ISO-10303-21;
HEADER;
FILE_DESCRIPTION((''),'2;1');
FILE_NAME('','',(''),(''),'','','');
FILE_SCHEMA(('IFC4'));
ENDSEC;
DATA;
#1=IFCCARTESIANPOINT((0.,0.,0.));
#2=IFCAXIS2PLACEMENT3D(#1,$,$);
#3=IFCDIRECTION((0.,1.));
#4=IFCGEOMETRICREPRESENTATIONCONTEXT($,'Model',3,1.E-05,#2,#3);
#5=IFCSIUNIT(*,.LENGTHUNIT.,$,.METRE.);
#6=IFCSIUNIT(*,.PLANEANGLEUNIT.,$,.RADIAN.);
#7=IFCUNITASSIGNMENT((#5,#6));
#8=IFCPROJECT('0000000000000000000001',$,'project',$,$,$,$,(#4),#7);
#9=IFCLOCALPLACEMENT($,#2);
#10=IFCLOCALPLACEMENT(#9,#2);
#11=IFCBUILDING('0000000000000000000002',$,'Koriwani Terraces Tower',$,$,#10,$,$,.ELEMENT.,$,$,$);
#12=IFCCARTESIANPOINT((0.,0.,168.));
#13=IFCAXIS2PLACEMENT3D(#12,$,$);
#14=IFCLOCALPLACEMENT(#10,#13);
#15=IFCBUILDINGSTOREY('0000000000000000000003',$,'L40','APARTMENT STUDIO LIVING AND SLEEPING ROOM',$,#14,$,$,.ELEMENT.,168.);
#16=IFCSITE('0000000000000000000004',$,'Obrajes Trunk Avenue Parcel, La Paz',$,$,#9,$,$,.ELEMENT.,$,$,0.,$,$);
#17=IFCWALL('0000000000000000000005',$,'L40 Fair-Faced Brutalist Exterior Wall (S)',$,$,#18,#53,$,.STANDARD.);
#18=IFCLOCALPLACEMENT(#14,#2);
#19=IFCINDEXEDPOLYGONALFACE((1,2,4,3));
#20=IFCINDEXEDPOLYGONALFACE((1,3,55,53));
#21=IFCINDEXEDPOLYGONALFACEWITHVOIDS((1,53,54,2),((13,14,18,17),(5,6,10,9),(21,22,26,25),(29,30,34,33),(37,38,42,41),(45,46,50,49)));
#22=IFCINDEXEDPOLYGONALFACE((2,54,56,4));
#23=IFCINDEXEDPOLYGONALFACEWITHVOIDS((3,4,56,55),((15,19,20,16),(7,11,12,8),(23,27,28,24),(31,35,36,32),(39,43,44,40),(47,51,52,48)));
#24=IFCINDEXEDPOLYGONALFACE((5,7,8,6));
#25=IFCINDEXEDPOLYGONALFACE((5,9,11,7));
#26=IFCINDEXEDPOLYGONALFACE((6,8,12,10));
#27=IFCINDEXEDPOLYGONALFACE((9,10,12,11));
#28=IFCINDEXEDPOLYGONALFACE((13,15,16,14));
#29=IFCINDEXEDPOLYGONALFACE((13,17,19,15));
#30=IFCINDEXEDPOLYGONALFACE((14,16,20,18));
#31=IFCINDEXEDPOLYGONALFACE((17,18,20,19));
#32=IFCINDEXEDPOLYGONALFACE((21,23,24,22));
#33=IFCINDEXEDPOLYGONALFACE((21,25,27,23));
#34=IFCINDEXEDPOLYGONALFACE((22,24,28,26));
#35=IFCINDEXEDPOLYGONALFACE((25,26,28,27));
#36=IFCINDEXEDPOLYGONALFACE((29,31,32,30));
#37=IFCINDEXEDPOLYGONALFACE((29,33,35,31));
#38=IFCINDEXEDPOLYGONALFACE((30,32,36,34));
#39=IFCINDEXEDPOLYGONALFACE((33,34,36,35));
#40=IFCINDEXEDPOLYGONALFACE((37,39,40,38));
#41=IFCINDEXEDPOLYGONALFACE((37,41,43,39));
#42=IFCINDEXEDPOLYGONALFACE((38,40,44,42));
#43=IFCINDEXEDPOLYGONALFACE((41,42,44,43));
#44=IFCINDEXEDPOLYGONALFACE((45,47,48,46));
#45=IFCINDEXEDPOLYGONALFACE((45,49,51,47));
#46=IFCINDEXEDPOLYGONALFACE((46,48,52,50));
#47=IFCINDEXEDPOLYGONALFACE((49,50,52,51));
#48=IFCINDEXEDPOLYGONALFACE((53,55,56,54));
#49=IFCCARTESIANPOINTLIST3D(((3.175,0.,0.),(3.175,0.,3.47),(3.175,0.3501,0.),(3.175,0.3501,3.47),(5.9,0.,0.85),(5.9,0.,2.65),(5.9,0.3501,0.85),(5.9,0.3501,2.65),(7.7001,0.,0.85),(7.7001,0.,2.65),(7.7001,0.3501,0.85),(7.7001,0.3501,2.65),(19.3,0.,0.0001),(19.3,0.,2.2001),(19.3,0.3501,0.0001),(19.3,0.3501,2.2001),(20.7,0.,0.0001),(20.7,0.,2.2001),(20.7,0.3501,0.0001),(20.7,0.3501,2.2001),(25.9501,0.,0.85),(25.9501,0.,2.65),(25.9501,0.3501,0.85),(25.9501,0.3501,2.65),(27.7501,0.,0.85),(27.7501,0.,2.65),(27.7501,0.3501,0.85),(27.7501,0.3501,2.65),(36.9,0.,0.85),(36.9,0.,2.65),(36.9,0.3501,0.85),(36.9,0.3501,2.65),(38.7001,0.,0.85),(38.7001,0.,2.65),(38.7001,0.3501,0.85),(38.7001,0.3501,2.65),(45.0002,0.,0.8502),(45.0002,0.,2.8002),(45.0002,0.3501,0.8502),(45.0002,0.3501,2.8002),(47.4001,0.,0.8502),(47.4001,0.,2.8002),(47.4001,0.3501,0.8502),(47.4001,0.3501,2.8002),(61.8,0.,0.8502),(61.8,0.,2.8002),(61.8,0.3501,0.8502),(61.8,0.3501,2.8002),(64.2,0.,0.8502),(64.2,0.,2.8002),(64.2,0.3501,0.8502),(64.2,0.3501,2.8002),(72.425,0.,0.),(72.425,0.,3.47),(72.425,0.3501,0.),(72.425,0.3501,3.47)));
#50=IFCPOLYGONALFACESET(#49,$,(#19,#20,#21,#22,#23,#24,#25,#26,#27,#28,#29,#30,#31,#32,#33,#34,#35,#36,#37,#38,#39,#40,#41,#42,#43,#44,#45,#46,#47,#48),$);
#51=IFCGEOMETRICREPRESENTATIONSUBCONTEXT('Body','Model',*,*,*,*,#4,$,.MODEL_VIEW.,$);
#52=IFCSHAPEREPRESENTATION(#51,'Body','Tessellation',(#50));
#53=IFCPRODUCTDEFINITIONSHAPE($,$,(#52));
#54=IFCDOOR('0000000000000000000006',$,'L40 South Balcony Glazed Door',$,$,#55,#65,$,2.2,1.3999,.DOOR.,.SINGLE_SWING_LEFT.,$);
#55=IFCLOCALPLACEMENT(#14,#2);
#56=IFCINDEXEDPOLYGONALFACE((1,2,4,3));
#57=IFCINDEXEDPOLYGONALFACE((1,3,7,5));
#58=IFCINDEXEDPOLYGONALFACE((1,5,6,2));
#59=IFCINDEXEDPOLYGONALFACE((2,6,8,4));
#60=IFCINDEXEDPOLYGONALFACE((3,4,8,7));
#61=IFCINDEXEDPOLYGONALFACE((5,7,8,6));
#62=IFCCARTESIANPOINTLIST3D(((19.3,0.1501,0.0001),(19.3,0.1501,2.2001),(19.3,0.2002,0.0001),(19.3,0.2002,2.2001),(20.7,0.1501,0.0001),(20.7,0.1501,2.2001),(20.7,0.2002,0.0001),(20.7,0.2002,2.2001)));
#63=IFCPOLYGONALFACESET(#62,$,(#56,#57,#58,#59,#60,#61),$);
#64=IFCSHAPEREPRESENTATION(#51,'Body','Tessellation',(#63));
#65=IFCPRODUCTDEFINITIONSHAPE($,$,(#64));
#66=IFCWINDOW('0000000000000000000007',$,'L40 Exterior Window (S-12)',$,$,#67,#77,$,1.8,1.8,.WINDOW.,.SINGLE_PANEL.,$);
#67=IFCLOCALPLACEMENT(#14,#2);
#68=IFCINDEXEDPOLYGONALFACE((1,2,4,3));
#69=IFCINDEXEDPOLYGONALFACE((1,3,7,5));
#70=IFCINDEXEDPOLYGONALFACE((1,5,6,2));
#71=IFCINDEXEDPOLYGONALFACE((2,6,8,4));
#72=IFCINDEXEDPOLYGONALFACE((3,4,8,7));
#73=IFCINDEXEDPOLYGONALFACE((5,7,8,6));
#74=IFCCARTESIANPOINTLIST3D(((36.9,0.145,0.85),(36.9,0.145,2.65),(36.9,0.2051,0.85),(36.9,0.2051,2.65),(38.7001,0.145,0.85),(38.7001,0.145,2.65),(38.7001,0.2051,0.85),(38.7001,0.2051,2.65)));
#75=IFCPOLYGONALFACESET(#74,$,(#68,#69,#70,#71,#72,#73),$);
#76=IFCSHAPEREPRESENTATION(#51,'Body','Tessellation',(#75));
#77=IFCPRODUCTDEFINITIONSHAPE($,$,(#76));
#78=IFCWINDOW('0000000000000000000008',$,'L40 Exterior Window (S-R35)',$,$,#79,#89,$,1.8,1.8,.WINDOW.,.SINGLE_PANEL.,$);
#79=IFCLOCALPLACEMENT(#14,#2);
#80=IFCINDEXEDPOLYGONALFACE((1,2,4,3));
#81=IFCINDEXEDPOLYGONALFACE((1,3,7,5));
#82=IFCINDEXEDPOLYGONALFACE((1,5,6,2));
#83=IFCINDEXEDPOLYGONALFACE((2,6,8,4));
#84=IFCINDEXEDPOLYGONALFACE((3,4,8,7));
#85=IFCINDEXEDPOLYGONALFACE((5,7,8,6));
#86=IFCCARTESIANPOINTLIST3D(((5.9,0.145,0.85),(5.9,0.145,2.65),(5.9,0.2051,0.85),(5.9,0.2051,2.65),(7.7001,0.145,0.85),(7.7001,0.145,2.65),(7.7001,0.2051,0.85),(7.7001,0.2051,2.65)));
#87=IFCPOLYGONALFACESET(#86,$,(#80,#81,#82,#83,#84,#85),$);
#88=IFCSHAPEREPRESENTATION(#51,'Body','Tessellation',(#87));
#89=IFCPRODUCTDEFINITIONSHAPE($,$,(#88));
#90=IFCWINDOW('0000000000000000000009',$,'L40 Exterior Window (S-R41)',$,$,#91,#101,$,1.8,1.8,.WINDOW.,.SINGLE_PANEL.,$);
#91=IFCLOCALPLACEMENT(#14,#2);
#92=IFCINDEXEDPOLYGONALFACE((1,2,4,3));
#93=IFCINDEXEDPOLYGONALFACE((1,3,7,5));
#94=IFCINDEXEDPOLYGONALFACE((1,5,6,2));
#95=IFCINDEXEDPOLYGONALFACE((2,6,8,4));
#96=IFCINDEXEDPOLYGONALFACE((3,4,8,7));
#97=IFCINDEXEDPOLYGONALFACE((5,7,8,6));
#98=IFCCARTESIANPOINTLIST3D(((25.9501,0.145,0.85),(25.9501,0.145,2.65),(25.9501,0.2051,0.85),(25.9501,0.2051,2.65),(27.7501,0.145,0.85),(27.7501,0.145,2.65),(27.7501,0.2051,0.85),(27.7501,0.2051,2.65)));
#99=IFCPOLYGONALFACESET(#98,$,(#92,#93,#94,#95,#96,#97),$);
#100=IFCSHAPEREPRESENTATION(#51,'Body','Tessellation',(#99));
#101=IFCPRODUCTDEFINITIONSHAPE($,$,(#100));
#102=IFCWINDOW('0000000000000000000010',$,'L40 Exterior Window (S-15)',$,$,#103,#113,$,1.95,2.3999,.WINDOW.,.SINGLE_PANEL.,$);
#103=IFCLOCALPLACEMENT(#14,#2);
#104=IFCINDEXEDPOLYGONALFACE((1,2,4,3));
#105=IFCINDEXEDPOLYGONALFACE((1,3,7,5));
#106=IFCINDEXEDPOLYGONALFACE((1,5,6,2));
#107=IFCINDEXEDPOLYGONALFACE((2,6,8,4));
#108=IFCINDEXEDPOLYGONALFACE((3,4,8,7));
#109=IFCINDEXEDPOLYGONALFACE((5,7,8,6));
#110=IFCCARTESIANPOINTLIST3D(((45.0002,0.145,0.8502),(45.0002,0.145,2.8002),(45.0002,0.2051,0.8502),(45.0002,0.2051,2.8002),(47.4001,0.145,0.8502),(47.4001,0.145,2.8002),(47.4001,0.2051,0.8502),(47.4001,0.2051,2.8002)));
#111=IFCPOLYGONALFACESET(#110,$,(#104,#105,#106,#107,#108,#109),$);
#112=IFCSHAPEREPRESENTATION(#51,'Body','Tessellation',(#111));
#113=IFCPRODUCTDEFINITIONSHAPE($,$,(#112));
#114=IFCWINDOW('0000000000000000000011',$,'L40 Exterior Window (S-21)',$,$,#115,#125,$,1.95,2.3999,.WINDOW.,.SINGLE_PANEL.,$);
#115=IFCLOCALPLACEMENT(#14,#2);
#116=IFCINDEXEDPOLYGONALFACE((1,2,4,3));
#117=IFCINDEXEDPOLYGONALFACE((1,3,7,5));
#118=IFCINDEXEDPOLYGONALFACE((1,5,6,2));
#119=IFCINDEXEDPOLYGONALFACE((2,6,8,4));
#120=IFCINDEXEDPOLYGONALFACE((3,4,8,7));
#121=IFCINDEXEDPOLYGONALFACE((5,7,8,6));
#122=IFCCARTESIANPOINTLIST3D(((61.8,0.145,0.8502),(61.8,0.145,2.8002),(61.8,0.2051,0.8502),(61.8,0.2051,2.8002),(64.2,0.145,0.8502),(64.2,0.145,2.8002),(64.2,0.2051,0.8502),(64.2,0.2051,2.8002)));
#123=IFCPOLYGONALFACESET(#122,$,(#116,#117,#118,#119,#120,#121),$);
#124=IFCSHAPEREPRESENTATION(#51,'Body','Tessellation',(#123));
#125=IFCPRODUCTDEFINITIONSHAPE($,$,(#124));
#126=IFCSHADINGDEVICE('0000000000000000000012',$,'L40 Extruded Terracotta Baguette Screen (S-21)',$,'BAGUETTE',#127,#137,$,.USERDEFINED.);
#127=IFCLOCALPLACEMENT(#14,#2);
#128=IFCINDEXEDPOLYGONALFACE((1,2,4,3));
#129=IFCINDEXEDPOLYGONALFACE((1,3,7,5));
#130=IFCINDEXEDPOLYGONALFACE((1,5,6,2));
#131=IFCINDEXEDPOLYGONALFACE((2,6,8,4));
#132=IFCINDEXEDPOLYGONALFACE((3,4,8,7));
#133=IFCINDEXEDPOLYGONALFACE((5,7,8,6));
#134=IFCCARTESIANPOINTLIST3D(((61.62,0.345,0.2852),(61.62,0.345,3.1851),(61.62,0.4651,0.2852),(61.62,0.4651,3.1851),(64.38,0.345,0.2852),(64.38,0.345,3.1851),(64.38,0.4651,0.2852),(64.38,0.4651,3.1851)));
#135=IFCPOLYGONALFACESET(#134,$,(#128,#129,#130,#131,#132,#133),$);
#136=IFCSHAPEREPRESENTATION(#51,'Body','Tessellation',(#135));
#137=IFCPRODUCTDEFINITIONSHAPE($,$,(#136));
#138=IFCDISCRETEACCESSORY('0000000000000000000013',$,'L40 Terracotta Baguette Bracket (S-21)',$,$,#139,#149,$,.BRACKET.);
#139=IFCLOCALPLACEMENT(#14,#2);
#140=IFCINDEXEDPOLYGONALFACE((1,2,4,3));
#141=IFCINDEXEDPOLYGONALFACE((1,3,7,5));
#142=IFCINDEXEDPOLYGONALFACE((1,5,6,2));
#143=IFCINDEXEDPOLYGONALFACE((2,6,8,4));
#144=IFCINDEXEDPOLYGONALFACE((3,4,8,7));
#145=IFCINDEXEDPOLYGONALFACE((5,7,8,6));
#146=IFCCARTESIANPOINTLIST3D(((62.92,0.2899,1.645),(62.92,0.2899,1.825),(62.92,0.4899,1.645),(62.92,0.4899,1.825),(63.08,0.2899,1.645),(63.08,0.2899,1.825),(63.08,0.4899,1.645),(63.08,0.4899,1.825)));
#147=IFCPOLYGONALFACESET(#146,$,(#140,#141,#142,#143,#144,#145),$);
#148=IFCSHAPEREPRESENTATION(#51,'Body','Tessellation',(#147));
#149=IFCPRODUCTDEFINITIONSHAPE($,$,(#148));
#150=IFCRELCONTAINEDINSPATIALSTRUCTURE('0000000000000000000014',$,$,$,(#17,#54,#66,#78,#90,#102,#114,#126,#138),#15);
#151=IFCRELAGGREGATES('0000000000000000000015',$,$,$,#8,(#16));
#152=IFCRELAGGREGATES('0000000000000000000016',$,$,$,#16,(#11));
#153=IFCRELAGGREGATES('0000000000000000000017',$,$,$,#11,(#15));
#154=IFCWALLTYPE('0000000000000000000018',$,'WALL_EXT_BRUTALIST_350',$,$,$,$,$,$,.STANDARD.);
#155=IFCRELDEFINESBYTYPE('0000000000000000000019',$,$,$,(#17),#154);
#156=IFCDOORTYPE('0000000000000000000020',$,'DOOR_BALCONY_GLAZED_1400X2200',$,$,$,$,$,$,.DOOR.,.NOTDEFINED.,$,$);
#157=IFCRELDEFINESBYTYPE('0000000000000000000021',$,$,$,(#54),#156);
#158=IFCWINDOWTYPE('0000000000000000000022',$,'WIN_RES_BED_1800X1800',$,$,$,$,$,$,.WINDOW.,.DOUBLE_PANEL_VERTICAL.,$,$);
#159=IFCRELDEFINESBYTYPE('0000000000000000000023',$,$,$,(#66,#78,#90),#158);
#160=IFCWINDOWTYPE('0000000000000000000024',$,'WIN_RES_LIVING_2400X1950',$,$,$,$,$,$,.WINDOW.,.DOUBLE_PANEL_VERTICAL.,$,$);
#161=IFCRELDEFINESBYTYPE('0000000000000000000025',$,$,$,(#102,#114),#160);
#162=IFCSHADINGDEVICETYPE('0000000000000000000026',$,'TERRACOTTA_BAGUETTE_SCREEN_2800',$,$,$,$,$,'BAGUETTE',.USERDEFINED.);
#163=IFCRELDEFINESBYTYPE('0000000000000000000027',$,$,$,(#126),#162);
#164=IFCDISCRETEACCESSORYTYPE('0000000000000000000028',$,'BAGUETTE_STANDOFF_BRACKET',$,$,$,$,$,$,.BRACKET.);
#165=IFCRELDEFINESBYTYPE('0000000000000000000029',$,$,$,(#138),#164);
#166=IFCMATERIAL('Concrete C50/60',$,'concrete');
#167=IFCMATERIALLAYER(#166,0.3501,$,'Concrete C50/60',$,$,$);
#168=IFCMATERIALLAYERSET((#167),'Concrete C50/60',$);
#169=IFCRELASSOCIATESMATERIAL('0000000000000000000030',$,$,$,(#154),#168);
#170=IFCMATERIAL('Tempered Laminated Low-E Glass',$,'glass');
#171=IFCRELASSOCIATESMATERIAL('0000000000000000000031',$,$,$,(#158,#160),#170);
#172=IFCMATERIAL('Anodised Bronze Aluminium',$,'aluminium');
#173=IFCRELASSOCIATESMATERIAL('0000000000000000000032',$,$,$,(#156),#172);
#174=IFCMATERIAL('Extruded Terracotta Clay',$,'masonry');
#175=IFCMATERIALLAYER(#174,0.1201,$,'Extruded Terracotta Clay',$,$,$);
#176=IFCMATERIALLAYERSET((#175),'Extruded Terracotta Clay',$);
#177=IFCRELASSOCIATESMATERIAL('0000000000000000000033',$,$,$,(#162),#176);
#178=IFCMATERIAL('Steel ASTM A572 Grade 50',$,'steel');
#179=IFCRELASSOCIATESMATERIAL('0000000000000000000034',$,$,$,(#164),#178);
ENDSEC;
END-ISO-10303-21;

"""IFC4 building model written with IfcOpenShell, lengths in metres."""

from ifc_helpers import new_model, si_unit, direction, frame, frame_2d, origin, origin_2d, place, context, subcontext, project, spatial, rectangle, extrude, material, layer, layer_set, type_object, element, fill, save


model = new_model("IFC4")

# Units and contexts
model_context = context("Model", 3, precision=1e-05, world=origin(), true_north=direction((0.0, 1.0)))
body_context = subcontext(model_context, "Body", "Model", "MODEL_VIEW")
ifc_project = project(units=[si_unit("LENGTHUNIT", "METRE"), si_unit("PLANEANGLEUNIT", "RADIAN")], contexts=[model_context])

# Site, building, storey
site_placement = place(None, origin())
site = spatial("IfcSite", under=ifc_project, at=site_placement, Name="Obrajes Trunk Avenue Parcel, La Paz", CompositionType="ELEMENT", RefElevation=0.0)
building_placement = place(site_placement, origin())
building = spatial("IfcBuilding", under=site, at=building_placement, Name="Koriwani Terraces Tower", CompositionType="ELEMENT")
storey_placement = place(building_placement, frame((0.0, 0.0, 168.0)))
storey = spatial("IfcBuildingStorey", under=building, at=storey_placement, Name="L40", Description="APARTMENT STUDIO LIVING AND SLEEPING ROOM", CompositionType="ELEMENT", Elevation=168.0)

# Shared definitions
ifc_material_1 = material(Name="Concrete C50/60", Category="concrete")

# Shared definitions
ifc_material_2 = material(Name="Steel ASTM A572 Grade 50", Category="steel")

# Shared definitions
ifc_layer_1 = layer(ifc_material_1, 0.3501, Name="Concrete C50/60")
ifc_layer_set_1 = layer_set([ifc_layer_1], Name="Concrete C50/60")
wall_type_1 = type_object("IfcWallType", Name="WALL_EXT_BRUTALIST_350", PredefinedType="STANDARD", material=ifc_layer_set_1)

# Shared definitions
ifc_material_3 = material(Name="Tempered Laminated Low-E Glass", Category="glass")
window_type_1 = type_object("IfcWindowType", Name="WIN_RES_BED_1800X1800", PartitioningType="DOUBLE_PANEL_VERTICAL", PredefinedType="WINDOW", material=ifc_material_3)

# Wall, openings, door, windows
wall_1_placement = place(storey_placement, frame((72.425, 0.175, 0.0), z_axis=(0.0, 0.0, 1.0), x_axis=(-1.0, 0.0, 0.0)))
wall_1 = element("IfcWall", 1, at=wall_1_placement, inside=storey, type_object=wall_type_1, Name="L40 Fair-Faced Brutalist Exterior Wall (S)", PredefinedType="STANDARD", context=body_context, shape_type="SweptSolid", body=[
    extrude(rectangle(XDim=69.25, YDim=0.3501, at=frame_2d((34.625, 0.0))), origin(), (0.0, 0.0, 1.0), 3.47),
])
opening_1_placement = place(wall_1_placement, frame((51.7251, 0.0, 0.0)))
opening_1 = element("IfcOpeningElement", 2, at=opening_1_placement, cuts=wall_1, PredefinedType="OPENING", context=body_context, shape_type="SweptSolid", body=[
    extrude(rectangle(XDim=1.3999, YDim=2.2, at=frame_2d((0.7, 1.1001))), frame((0.0, 0.1851, 0.0), z_axis=(0.0, -1.0, 0.0), x_axis=(1.0, 0.0, 0.0)), (0.0, 0.0, 1.0), 0.3701),
])
opening_2_placement = place(wall_1_placement, frame((33.7251, 0.0, 0.8501)))
opening_2 = element("IfcOpeningElement", 3, at=opening_2_placement, cuts=wall_1, PredefinedType="OPENING", context=body_context, shape_type="SweptSolid", body=[
    extrude(rectangle(XDim=1.8, YDim=1.8, at=frame_2d((0.8999, 0.8999))), frame((0.0, 0.1851, 0.0), z_axis=(0.0, -1.0, 0.0), x_axis=(1.0, 0.0, 0.0)), (0.0, 0.0, 1.0), 0.3701),
])
opening_3_placement = place(wall_1_placement, frame((25.0249, 0.0, 0.8501)))
opening_3 = element("IfcOpeningElement", 4, at=opening_3_placement, cuts=wall_1, PredefinedType="OPENING", context=body_context, shape_type="SweptSolid", body=[
    extrude(rectangle(XDim=2.3999, YDim=1.95, at=frame_2d((1.2, 0.9751))), frame((0.0, 0.1851, 0.0), z_axis=(0.0, -1.0, 0.0), x_axis=(1.0, 0.0, 0.0)), (0.0, 0.0, 1.0), 0.3701),
])
opening_4_placement = place(wall_1_placement, frame((8.2251, 0.0, 0.8501)))
opening_4 = element("IfcOpeningElement", 5, at=opening_4_placement, cuts=wall_1, PredefinedType="OPENING", context=body_context, shape_type="SweptSolid", body=[
    extrude(rectangle(XDim=2.3999, YDim=1.95, at=frame_2d((1.2, 0.9751))), frame((0.0, 0.1851, 0.0), z_axis=(0.0, -1.0, 0.0), x_axis=(1.0, 0.0, 0.0)), (0.0, 0.0, 1.0), 0.3701),
])
opening_5_placement = place(wall_1_placement, frame((64.7251, 0.0, 0.8501)))
opening_5 = element("IfcOpeningElement", 6, at=opening_5_placement, cuts=wall_1, PredefinedType="OPENING", context=body_context, shape_type="SweptSolid", body=[
    extrude(rectangle(XDim=1.8, YDim=1.8, at=frame_2d((0.8999, 0.8999))), frame((0.0, 0.1851, 0.0), z_axis=(0.0, -1.0, 0.0), x_axis=(1.0, 0.0, 0.0)), (0.0, 0.0, 1.0), 0.3701),
])
opening_6_placement = place(wall_1_placement, frame((44.675, 0.0, 0.8501)))
opening_6 = element("IfcOpeningElement", 7, at=opening_6_placement, cuts=wall_1, PredefinedType="OPENING", context=body_context, shape_type="SweptSolid", body=[
    extrude(rectangle(XDim=1.8, YDim=1.8, at=frame_2d((0.8999, 0.8999))), frame((0.0, 0.1851, 0.0), z_axis=(0.0, -1.0, 0.0), x_axis=(1.0, 0.0, 0.0)), (0.0, 0.0, 1.0), 0.3701),
])
ifc_material_4 = material(Name="Anodised Bronze Aluminium", Category="aluminium")
door_type = type_object("IfcDoorType", Name="DOOR_BALCONY_GLAZED_1400X2200", OperationType="NOTDEFINED", PredefinedType="DOOR", material=ifc_material_4)
door_placement = place(opening_1_placement, origin())
door = element("IfcDoor", 8, at=door_placement, inside=storey, type_object=door_type, Name="L40 South Balcony Glazed Door", OperationType="SINGLE_SWING_LEFT", OverallHeight=2.2, OverallWidth=1.3999, PredefinedType="DOOR", context=body_context, shape_type="SweptSolid", body=[
    extrude(rectangle(XDim=1.3999, YDim=2.2, at=frame_2d((0.7, 1.1001))), frame((0.0, 0.0249, 0.0), z_axis=(0.0, -1.0, 0.0), x_axis=(1.0, 0.0, 0.0)), (0.0, 0.0, 1.0), 0.05),
])
fill(opening_1, door)
window_1_placement = place(opening_2_placement, origin())
window_1 = element("IfcWindow", 9, at=window_1_placement, inside=storey, type_object=window_type_1, Name="L40 Exterior Window (S-12)", OverallHeight=1.8, OverallWidth=1.8, PartitioningType="SINGLE_PANEL", PredefinedType="WINDOW", context=body_context, shape_type="SweptSolid", body=[
    extrude(rectangle(XDim=1.8, YDim=1.8, at=frame_2d((0.8999, 0.8999))), frame((0.0, 0.03, 0.0), z_axis=(0.0, -1.0, 0.0), x_axis=(1.0, 0.0, 0.0)), (0.0, 0.0, 1.0), 0.0601),
])
fill(opening_2, window_1)
window_2_placement = place(opening_5_placement, origin())
window_2 = element("IfcWindow", 10, at=window_2_placement, inside=storey, type_object=window_type_1, Name="L40 Exterior Window (S-R35)", OverallHeight=1.8, OverallWidth=1.8, PartitioningType="SINGLE_PANEL", PredefinedType="WINDOW", context=body_context, shape_type="SweptSolid", body=[
    extrude(rectangle(XDim=1.8, YDim=1.8, at=frame_2d((0.8999, 0.8999))), frame((0.0, 0.03, 0.0), z_axis=(0.0, -1.0, 0.0), x_axis=(1.0, 0.0, 0.0)), (0.0, 0.0, 1.0), 0.0601),
])
fill(opening_5, window_2)
window_3_placement = place(opening_6_placement, origin())
window_3 = element("IfcWindow", 11, at=window_3_placement, inside=storey, type_object=window_type_1, Name="L40 Exterior Window (S-R41)", OverallHeight=1.8, OverallWidth=1.8, PartitioningType="SINGLE_PANEL", PredefinedType="WINDOW", context=body_context, shape_type="SweptSolid", body=[
    extrude(rectangle(XDim=1.8, YDim=1.8, at=frame_2d((0.8999, 0.8999))), frame((0.0, 0.03, 0.0), z_axis=(0.0, -1.0, 0.0), x_axis=(1.0, 0.0, 0.0)), (0.0, 0.0, 1.0), 0.0601),
])
fill(opening_6, window_3)
window_type_2 = type_object("IfcWindowType", Name="WIN_RES_LIVING_2400X1950", PartitioningType="DOUBLE_PANEL_VERTICAL", PredefinedType="WINDOW", material=ifc_material_3)
window_4_placement = place(opening_3_placement, origin())
window_4 = element("IfcWindow", 12, at=window_4_placement, inside=storey, type_object=window_type_2, Name="L40 Exterior Window (S-15)", OverallHeight=1.95, OverallWidth=2.3999, PartitioningType="SINGLE_PANEL", PredefinedType="WINDOW", context=body_context, shape_type="SweptSolid", body=[
    extrude(rectangle(XDim=2.3999, YDim=1.95, at=frame_2d((1.2, 0.9751))), frame((0.0, 0.03, 0.0), z_axis=(0.0, -1.0, 0.0), x_axis=(1.0, 0.0, 0.0)), (0.0, 0.0, 1.0), 0.0601),
])
fill(opening_3, window_4)
window_5_placement = place(opening_4_placement, origin())
window_5 = element("IfcWindow", 13, at=window_5_placement, inside=storey, type_object=window_type_2, Name="L40 Exterior Window (S-21)", OverallHeight=1.95, OverallWidth=2.3999, PartitioningType="SINGLE_PANEL", PredefinedType="WINDOW", context=body_context, shape_type="SweptSolid", body=[
    extrude(rectangle(XDim=2.3999, YDim=1.95, at=frame_2d((1.2, 0.9751))), frame((0.0, 0.03, 0.0), z_axis=(0.0, -1.0, 0.0), x_axis=(1.0, 0.0, 0.0)), (0.0, 0.0, 1.0), 0.0601),
])
fill(opening_4, window_5)

# Shading device
ifc_material_5 = material(Name="Extruded Terracotta Clay", Category="masonry")
ifc_layer_2 = layer(ifc_material_5, 0.1201, Name="Extruded Terracotta Clay")
ifc_layer_set_2 = layer_set([ifc_layer_2], Name="Extruded Terracotta Clay")
shading_device_type = type_object("IfcShadingDeviceType", Name="TERRACOTTA_BAGUETTE_SCREEN_2800", ElementType="BAGUETTE", PredefinedType="USERDEFINED", material=ifc_layer_set_2)
shading_device_placement = place(storey_placement, frame((63.0, 0.405, 0.2852), z_axis=(0.0, 0.0, 1.0), x_axis=(-1.0, 0.0, 0.0)))
element("IfcShadingDevice", 14, at=shading_device_placement, inside=storey, type_object=shading_device_type, Name="L40 Extruded Terracotta Baguette Screen (S-21)", ObjectType="BAGUETTE", PredefinedType="USERDEFINED", context=body_context, shape_type="SweptSolid", body=[
    extrude(rectangle(XDim=2.76, YDim=0.1201, at=origin_2d()), origin(), (0.0, 0.0, 1.0), 2.8999),
])

# Discrete accessory
discrete_accessory_type = type_object("IfcDiscreteAccessoryType", Name="BAGUETTE_STANDOFF_BRACKET", PredefinedType="BRACKET", material=ifc_material_2)
discrete_accessory_placement = place(storey_placement, frame((63.0, 0.3899, 1.645), z_axis=(0.0, 0.0, 1.0), x_axis=(-1.0, 0.0, 0.0)))
element("IfcDiscreteAccessory", 15, at=discrete_accessory_placement, inside=storey, type_object=discrete_accessory_type, Name="L40 Terracotta Baguette Bracket (S-21)", PredefinedType="BRACKET", context=body_context, shape_type="SweptSolid", body=[
    extrude(rectangle(XDim=0.1599, YDim=0.2, at=origin_2d()), origin(), (0.0, 0.0, 1.0), 0.1799),
])

save(model, "model.ifc")
